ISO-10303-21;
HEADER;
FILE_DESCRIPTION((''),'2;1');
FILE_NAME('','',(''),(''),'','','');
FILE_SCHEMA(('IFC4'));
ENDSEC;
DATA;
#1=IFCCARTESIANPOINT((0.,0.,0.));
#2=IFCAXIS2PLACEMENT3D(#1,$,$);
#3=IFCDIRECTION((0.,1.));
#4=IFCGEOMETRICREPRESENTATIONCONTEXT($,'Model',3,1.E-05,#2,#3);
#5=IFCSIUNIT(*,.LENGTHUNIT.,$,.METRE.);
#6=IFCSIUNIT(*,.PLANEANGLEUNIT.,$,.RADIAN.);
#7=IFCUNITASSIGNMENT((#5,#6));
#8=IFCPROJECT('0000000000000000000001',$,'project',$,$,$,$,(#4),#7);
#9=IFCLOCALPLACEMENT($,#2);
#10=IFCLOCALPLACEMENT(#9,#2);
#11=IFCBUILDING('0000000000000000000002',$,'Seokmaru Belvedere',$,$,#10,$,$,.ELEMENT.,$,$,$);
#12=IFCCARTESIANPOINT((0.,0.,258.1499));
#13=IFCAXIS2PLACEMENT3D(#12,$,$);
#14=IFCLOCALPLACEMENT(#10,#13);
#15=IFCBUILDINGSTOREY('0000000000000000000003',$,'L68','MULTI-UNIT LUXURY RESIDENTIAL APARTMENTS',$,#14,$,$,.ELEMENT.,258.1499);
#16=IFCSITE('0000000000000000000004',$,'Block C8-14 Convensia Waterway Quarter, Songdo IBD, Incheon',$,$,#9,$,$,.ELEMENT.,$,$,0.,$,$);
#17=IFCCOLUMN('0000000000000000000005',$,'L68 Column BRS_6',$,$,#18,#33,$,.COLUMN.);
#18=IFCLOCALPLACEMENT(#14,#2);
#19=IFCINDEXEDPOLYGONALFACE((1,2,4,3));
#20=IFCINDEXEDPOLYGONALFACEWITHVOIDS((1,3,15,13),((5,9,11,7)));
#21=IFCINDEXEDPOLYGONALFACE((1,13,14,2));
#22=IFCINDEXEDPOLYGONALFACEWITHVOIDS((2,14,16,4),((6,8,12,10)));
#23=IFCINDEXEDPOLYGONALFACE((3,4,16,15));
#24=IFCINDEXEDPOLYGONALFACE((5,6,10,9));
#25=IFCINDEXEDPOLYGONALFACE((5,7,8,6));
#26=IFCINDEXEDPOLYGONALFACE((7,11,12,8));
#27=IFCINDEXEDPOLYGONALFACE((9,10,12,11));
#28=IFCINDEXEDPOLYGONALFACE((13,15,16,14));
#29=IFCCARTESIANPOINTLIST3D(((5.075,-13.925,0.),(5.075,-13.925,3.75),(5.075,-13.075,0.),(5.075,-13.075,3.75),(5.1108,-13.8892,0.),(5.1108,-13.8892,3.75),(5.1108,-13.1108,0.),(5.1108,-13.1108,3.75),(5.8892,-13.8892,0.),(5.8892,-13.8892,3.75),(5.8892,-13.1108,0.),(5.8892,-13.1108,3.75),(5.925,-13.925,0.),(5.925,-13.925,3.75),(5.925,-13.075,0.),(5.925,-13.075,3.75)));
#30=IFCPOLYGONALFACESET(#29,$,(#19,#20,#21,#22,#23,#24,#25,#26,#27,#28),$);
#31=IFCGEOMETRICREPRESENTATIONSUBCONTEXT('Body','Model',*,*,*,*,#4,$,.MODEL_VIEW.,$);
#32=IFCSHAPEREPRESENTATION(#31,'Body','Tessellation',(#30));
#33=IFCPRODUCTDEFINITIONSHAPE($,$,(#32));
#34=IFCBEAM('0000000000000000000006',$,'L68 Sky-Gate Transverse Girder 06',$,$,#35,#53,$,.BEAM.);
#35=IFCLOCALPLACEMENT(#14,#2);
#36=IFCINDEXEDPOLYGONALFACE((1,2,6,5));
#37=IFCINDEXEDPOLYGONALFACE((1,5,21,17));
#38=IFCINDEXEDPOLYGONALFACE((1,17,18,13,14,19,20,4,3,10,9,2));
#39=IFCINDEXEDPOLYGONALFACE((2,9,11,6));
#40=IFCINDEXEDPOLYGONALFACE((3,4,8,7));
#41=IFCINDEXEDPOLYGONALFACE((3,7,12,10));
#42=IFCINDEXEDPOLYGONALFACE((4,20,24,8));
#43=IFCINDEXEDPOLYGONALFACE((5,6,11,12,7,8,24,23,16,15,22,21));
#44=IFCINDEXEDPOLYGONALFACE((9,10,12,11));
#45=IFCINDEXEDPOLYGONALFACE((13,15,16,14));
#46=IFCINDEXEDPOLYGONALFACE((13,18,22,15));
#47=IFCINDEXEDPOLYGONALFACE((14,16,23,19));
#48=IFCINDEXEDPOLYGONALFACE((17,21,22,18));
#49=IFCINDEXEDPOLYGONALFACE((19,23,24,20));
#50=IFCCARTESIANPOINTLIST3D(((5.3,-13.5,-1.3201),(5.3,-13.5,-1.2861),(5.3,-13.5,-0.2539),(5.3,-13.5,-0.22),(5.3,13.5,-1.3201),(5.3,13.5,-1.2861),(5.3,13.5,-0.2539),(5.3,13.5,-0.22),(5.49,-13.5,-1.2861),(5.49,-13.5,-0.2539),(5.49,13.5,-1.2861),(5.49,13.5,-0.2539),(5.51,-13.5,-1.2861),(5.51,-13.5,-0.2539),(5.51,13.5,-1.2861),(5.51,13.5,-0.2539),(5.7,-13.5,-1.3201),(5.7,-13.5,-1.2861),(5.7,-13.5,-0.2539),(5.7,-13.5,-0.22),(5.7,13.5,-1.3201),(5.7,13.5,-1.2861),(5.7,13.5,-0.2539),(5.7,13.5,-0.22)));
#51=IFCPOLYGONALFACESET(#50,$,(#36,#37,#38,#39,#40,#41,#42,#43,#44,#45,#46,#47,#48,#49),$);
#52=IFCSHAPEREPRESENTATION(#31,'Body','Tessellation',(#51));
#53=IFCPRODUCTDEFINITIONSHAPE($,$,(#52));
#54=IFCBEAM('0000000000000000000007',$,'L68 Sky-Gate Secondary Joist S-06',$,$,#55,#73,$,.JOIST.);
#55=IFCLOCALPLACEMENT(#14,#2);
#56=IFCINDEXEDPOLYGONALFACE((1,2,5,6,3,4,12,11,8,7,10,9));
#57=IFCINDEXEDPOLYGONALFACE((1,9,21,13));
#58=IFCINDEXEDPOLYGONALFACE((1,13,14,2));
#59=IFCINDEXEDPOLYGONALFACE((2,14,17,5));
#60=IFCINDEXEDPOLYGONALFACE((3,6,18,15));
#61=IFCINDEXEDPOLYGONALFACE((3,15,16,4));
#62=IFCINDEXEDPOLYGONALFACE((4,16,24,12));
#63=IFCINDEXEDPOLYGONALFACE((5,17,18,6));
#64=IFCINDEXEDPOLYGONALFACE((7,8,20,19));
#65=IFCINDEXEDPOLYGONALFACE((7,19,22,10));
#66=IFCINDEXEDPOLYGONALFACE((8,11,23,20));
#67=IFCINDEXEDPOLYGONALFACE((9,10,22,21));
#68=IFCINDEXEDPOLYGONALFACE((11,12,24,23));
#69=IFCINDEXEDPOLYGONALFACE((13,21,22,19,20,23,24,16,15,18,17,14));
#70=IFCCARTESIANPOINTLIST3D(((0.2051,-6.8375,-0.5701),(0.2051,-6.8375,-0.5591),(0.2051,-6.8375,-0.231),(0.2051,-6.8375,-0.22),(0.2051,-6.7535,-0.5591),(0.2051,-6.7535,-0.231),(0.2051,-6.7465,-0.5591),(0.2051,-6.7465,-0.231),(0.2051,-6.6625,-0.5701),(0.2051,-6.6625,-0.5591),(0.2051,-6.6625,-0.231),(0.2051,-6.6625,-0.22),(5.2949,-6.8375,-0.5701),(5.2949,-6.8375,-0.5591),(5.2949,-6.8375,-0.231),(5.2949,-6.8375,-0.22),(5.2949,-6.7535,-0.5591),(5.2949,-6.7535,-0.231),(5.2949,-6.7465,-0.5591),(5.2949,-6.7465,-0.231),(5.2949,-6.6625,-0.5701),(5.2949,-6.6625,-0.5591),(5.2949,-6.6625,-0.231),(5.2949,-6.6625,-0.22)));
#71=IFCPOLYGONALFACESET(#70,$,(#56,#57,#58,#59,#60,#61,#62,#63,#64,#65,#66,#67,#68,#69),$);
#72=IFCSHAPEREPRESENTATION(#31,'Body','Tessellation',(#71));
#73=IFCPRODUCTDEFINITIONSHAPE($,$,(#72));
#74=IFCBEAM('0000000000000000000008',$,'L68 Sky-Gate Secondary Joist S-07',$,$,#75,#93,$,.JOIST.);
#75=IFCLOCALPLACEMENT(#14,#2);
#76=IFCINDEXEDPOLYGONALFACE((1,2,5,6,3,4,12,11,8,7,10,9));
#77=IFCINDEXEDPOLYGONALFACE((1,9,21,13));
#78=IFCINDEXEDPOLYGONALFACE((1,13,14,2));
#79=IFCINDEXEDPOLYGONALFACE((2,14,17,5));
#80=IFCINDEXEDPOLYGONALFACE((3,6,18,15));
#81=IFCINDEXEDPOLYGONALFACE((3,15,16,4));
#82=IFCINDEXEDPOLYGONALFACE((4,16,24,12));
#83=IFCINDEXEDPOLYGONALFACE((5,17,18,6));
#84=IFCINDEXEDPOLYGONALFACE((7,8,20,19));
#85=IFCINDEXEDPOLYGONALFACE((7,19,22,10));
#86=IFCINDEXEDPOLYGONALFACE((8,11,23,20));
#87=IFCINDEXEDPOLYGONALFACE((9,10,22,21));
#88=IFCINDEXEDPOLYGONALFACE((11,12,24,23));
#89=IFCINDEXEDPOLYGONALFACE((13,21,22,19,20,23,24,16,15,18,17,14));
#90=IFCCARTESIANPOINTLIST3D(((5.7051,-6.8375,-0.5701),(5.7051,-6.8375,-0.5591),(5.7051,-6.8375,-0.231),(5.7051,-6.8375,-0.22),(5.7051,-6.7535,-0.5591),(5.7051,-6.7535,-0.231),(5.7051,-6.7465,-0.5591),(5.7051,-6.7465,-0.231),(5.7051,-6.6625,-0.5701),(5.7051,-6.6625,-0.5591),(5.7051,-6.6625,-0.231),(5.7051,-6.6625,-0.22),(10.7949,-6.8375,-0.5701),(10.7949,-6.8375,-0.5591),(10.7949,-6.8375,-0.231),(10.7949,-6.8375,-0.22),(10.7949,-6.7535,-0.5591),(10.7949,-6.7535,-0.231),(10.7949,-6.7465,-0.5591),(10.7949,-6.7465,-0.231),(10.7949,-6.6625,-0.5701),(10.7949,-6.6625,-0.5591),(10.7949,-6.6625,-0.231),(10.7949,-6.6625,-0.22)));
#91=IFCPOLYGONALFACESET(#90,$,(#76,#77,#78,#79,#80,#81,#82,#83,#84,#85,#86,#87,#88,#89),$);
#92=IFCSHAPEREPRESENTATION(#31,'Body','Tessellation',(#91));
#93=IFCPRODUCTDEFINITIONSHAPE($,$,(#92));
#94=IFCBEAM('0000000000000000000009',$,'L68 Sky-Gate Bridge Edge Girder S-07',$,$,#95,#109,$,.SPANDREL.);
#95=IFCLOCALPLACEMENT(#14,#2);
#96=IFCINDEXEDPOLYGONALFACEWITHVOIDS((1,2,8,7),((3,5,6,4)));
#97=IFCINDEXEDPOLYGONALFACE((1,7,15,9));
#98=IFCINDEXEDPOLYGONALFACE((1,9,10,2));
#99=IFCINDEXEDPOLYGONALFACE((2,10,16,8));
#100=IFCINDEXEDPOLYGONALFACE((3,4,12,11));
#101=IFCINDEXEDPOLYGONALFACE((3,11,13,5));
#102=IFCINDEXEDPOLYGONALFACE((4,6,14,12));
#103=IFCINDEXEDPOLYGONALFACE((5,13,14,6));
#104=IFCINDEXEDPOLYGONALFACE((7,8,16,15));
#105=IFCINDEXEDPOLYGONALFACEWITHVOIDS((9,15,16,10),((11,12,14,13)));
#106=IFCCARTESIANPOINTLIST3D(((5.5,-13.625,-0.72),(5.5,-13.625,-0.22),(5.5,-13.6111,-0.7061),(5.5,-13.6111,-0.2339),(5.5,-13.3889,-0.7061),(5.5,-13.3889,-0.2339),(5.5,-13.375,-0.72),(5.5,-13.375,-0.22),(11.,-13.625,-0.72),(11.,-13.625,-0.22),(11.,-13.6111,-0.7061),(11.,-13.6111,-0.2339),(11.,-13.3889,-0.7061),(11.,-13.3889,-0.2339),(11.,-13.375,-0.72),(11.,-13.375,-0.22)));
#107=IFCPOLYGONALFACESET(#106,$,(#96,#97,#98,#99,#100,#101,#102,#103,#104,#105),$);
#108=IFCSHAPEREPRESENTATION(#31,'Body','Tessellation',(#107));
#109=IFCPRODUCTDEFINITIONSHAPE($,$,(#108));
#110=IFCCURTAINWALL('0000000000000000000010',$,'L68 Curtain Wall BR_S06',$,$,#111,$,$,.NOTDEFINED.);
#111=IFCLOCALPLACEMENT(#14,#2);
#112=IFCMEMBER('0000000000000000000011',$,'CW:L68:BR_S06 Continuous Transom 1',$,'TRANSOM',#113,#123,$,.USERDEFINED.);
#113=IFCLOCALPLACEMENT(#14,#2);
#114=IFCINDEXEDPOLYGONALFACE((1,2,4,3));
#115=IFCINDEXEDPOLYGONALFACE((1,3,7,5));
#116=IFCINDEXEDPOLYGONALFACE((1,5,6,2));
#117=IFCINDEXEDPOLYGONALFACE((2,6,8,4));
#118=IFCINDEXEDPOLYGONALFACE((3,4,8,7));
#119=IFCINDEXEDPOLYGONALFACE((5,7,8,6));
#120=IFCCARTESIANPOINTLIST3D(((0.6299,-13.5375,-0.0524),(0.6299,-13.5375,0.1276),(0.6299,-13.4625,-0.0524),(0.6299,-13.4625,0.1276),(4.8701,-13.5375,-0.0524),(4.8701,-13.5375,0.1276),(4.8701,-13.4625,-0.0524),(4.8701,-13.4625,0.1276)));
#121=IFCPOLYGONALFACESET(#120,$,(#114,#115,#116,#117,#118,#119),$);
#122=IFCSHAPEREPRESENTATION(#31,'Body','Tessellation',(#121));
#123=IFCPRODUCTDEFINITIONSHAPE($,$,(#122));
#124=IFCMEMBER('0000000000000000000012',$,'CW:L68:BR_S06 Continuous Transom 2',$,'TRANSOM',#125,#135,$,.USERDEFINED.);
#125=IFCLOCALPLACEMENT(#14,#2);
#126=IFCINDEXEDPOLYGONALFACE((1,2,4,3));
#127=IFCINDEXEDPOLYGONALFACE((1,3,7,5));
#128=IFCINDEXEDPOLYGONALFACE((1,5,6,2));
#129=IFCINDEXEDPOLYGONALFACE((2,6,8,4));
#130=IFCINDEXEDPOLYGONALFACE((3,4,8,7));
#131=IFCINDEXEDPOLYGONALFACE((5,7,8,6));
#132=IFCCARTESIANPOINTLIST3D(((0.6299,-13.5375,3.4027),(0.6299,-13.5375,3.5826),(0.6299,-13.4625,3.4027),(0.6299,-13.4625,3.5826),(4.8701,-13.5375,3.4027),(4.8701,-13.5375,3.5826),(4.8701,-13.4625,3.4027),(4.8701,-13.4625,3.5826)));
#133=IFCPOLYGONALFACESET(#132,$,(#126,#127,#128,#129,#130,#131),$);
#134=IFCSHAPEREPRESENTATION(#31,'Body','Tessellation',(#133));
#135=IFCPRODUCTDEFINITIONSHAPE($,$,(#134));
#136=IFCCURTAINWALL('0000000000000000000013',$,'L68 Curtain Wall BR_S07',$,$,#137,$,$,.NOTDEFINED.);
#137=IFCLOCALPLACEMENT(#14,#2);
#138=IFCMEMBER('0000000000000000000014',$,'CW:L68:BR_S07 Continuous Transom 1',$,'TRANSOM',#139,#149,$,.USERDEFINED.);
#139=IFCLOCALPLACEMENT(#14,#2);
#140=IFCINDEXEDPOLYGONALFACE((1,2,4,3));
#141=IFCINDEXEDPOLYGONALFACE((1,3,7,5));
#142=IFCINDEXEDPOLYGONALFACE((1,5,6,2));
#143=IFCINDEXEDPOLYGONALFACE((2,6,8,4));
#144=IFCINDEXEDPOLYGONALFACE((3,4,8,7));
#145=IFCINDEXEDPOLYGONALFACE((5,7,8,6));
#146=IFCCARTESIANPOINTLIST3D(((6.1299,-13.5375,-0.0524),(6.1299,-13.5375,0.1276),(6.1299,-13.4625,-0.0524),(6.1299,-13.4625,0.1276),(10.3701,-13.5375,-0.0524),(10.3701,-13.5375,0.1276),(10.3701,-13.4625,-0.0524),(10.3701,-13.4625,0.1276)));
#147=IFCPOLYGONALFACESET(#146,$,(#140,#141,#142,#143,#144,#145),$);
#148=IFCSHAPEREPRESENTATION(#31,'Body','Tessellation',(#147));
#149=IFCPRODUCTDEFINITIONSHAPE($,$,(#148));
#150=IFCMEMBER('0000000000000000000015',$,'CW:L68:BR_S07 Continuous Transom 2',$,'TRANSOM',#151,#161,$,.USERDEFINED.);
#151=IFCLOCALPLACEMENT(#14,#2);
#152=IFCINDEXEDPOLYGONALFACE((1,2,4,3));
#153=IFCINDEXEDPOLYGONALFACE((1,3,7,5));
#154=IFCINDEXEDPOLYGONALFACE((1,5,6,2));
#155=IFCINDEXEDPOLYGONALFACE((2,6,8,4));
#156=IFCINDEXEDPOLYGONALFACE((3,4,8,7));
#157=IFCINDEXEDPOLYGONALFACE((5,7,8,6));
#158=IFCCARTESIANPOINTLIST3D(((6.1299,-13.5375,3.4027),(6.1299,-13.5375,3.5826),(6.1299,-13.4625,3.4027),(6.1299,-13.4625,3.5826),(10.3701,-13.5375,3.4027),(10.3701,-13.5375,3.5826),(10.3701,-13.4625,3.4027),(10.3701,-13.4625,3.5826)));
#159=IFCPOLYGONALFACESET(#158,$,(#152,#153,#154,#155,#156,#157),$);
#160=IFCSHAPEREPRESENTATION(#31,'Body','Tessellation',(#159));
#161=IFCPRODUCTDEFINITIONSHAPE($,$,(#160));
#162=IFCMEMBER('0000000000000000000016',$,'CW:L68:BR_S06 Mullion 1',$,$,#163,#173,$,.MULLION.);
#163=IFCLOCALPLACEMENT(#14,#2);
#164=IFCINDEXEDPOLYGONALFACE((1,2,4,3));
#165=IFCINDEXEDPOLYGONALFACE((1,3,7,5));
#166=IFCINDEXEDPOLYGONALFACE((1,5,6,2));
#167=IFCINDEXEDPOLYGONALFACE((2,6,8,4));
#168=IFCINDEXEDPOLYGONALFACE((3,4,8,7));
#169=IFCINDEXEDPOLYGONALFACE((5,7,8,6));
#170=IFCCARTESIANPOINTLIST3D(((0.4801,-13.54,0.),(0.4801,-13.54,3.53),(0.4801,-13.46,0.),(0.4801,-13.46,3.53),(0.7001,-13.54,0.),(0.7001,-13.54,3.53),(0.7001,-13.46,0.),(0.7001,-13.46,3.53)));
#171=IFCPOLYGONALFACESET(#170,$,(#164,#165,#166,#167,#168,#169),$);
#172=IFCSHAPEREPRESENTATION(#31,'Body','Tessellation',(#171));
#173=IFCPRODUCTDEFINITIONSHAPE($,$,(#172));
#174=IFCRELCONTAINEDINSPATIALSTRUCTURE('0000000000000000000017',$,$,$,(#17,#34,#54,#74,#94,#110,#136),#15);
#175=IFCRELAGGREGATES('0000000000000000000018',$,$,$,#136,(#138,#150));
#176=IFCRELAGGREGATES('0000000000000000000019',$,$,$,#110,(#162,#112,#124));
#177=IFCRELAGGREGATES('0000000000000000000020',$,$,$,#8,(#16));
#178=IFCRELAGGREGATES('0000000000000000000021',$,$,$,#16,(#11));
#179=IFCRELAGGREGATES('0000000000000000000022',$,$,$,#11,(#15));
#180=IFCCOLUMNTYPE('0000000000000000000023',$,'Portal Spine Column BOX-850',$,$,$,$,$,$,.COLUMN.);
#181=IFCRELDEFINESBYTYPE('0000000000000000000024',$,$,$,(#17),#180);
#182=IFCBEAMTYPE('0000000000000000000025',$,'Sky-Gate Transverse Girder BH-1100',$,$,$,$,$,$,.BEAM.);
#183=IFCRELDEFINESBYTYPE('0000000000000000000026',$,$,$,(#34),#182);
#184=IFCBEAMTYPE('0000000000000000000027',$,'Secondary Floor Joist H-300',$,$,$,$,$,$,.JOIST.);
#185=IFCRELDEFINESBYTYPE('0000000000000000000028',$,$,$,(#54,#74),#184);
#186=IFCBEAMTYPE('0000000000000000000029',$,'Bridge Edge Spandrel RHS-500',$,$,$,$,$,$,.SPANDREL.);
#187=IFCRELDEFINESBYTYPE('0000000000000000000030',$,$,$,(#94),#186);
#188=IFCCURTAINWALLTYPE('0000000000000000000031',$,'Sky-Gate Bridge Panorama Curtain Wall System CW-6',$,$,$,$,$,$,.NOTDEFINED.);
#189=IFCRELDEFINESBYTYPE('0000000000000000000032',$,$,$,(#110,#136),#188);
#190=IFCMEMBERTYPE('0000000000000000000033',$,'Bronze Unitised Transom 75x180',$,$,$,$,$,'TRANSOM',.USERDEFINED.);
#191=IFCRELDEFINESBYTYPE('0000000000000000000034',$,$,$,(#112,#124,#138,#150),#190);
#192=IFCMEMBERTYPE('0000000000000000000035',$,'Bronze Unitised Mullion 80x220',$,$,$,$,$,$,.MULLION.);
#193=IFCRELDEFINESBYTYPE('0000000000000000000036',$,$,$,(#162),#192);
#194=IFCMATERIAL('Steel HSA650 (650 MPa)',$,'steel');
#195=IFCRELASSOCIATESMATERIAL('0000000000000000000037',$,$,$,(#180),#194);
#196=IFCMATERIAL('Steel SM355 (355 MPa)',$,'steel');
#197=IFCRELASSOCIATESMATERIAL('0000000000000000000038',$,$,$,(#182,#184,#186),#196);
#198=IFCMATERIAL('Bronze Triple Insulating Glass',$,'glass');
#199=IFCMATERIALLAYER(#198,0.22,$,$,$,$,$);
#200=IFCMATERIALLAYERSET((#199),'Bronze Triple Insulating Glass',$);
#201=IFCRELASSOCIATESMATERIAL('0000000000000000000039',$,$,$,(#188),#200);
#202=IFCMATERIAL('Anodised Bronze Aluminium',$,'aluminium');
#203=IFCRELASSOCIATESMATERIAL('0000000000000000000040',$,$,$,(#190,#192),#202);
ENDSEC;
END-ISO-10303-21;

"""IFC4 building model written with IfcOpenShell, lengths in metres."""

from ifc_helpers import new_model, si_unit, direction, frame, origin, origin_2d, place, context, subcontext, project, spatial, rectangle, hollow_rectangle, i_section, extrude, source, transform, mapped, material, layer, layer_set, material_profile, profile_set, type_object, type_shapes, element, aggregate, save


model = new_model("IFC4")

# Units and contexts
model_context = context("Model", 3, precision=1e-05, world=origin(), true_north=direction((0.0, 1.0)))
body_context = subcontext(model_context, "Body", "Model", "MODEL_VIEW")
ifc_project = project(units=[si_unit("LENGTHUNIT", "METRE"), si_unit("PLANEANGLEUNIT", "RADIAN")], contexts=[model_context])

# Site, building, storey
site_placement = place(None, origin())
site = spatial("IfcSite", under=ifc_project, at=site_placement, Name="Block C8-14 Convensia Waterway Quarter, Songdo IBD, Incheon", CompositionType="ELEMENT", RefElevation=0.0)
building_placement = place(site_placement, origin())
building = spatial("IfcBuilding", under=site, at=building_placement, Name="Seokmaru Belvedere", CompositionType="ELEMENT")
storey_placement = place(building_placement, frame((0.0, 0.0, 258.1499)))
storey = spatial("IfcBuildingStorey", under=building, at=storey_placement, Name="L68", Description="MULTI-UNIT LUXURY RESIDENTIAL APARTMENTS", CompositionType="ELEMENT", Elevation=258.1499)

# Column
ifc_material_1 = material(Name="Steel HSA650 (650 MPa)", Category="steel")
ifc_material_profile_1 = material_profile(ifc_material_1, hollow_rectangle(XDim=0.8501, YDim=0.8501, WallThickness=0.0359, at=origin_2d()), Name="BOX-850x850x36")
ifc_profile_set_1 = profile_set([ifc_material_profile_1], Name="Steel HSA650 (650 MPa)")
column_type = type_object("IfcColumnType", Name="Portal Spine Column BOX-850", PredefinedType="COLUMN", material=ifc_profile_set_1)
shared_shape_1 = source(origin(), body_context, "Body", "SweptSolid", [
    extrude(hollow_rectangle(XDim=0.8501, YDim=0.8501, WallThickness=0.0359, at=origin_2d()), origin(), (0.0, 0.0, 1.0), 3.75),
])
type_shapes(column_type, [shared_shape_1])
column_placement = place(storey_placement, frame((5.5, -13.5, 0.0), z_axis=(0.0, 0.0, 1.0), x_axis=(1.0, 0.0, 0.0)))
element("IfcColumn", 1, at=column_placement, inside=storey, type_object=column_type, Name="L68 Column BRS_6", PredefinedType="COLUMN", context=body_context, shape_type="MappedRepresentation", body=[
    mapped(shared_shape_1, transform((0.0, 0.0, 0.0), scale=1.0)),
])

# Beams
ifc_material_2 = material(Name="Steel SM355 (355 MPa)", Category="steel")
ifc_material_profile_2 = material_profile(ifc_material_2, i_section(OverallWidth=0.3999, OverallDepth=1.1001, WebThickness=0.02, FlangeThickness=0.0339, at=origin_2d()), Name="BH-1100x400x20x34")
ifc_profile_set_2 = profile_set([ifc_material_profile_2], Name="Steel SM355 (355 MPa)")
beam_type_1 = type_object("IfcBeamType", Name="Sky-Gate Transverse Girder BH-1100", PredefinedType="BEAM", material=ifc_profile_set_2)
shared_shape_2 = source(origin(), body_context, "Body", "SweptSolid", [
    extrude(i_section(OverallWidth=0.3999, OverallDepth=1.1001, WebThickness=0.02, FlangeThickness=0.0339, at=origin_2d()), origin(), (0.0, 0.0, 1.0), 27.0),
])
type_shapes(beam_type_1, [shared_shape_2])
beam_1_placement = place(storey_placement, frame((5.5, -13.5, -0.77), z_axis=(0.0, 1.0, 0.0), x_axis=(-1.0, 0.0, 0.0)))
element("IfcBeam", 2, at=beam_1_placement, inside=storey, type_object=beam_type_1, Name="L68 Sky-Gate Transverse Girder 06", PredefinedType="BEAM", context=body_context, shape_type="MappedRepresentation", body=[
    mapped(shared_shape_2, transform((0.0, 0.0, 0.0), scale=1.0)),
])
ifc_material_profile_3 = material_profile(ifc_material_2, i_section(OverallWidth=0.175, OverallDepth=0.3501, WebThickness=0.0071, FlangeThickness=0.011, at=origin_2d()), Name="H-350x175x7x11")
ifc_profile_set_3 = profile_set([ifc_material_profile_3], Name="Steel SM355 (355 MPa)")
beam_type_2 = type_object("IfcBeamType", Name="Secondary Floor Joist H-300", PredefinedType="JOIST", material=ifc_profile_set_3)
shared_shape_3 = source(origin(), body_context, "Body", "SweptSolid", [
    extrude(i_section(OverallWidth=0.175, OverallDepth=0.3501, WebThickness=0.0071, FlangeThickness=0.011, at=origin_2d()), origin(), (0.0, 0.0, 1.0), 5.0898),
])
type_shapes(beam_type_2, [shared_shape_3])
for number, where, z_axis, x_axis, name in (
    (3, (0.2051, -6.75, -0.395), (1.0, 0.0, 0.0), (0.0, 1.0, 0.0), "L68 Sky-Gate Secondary Joist S-06"),
    (4, (5.7051, -6.75, -0.395), (1.0, 0.0, 0.0), (0.0, 1.0, 0.0), "L68 Sky-Gate Secondary Joist S-07"),
):
    element("IfcBeam", number, at=place(storey_placement, frame(where, z_axis=z_axis, x_axis=x_axis)), inside=storey, type_object=beam_type_2, Name=name, PredefinedType="JOIST", context=body_context, shape_type="MappedRepresentation", body=[
        mapped(shared_shape_3, transform((0.0, 0.0, 0.0), scale=1.0)),
    ])
ifc_material_profile_4 = material_profile(ifc_material_2, hollow_rectangle(XDim=0.25, YDim=0.5, WallThickness=0.0139, at=origin_2d()), Name="RHS-500x250x14")
ifc_profile_set_4 = profile_set([ifc_material_profile_4], Name="Steel SM355 (355 MPa)")
beam_type_3 = type_object("IfcBeamType", Name="Bridge Edge Spandrel RHS-500", PredefinedType="SPANDREL", material=ifc_profile_set_4)
shared_shape_4 = source(origin(), body_context, "Body", "SweptSolid", [
    extrude(hollow_rectangle(XDim=0.25, YDim=0.5, WallThickness=0.0139, at=origin_2d()), origin(), (0.0, 0.0, 1.0), 5.5),
])
type_shapes(beam_type_3, [shared_shape_4])
beam_2_placement = place(storey_placement, frame((5.5, -13.5, -0.47), z_axis=(1.0, 0.0, 0.0), x_axis=(0.0, 1.0, 0.0)))
element("IfcBeam", 5, at=beam_2_placement, inside=storey, type_object=beam_type_3, Name="L68 Sky-Gate Bridge Edge Girder S-07", PredefinedType="SPANDREL", context=body_context, shape_type="MappedRepresentation", body=[
    mapped(shared_shape_4, transform((0.0, 0.0, 0.0), scale=1.0)),
])

# Curtain walls, members
ifc_material_3 = material(Name="Bronze Triple Insulating Glass", Category="glass")
ifc_layer_1 = layer(ifc_material_3, 0.22)
ifc_layer_set_1 = layer_set([ifc_layer_1], Name="Bronze Triple Insulating Glass")
curtain_wall_type = type_object("IfcCurtainWallType", Name="Sky-Gate Bridge Panorama Curtain Wall System CW-6", PredefinedType="NOTDEFINED", material=ifc_layer_set_1)
curtain_wall_1_placement = place(storey_placement, origin())
curtain_wall_1 = element("IfcCurtainWall", 6, at=curtain_wall_1_placement, inside=storey, type_object=curtain_wall_type, Name="L68 Curtain Wall BR_S06", PredefinedType="NOTDEFINED")
ifc_material_4 = material(Name="Anodised Bronze Aluminium", Category="aluminium")
ifc_material_profile_5 = material_profile(ifc_material_4, rectangle(XDim=0.075, YDim=0.1799, at=origin_2d()), Name="CW-T-75x180")
ifc_profile_set_5 = profile_set([ifc_material_profile_5], Name="Anodised Bronze Aluminium")
member_type_1 = type_object("IfcMemberType", Name="Bronze Unitised Transom 75x180", ElementType="TRANSOM", PredefinedType="USERDEFINED", material=ifc_profile_set_5)
shared_shape_5 = source(origin(), body_context, "Body", "SweptSolid", [
    extrude(rectangle(XDim=0.075, YDim=0.1799, at=origin_2d()), origin(), (0.0, 0.0, 1.0), 4.2402),
])
type_shapes(member_type_1, [shared_shape_5])
member_1_placement = place(storey_placement, frame((0.6299, -13.5, 0.0376), z_axis=(1.0, 0.0, 0.0), x_axis=(0.0, 1.0, 0.0)))
member_1 = element("IfcMember", 7, at=member_1_placement, type_object=member_type_1, Name="CW:L68:BR_S06 Continuous Transom 1", ObjectType="TRANSOM", PredefinedType="USERDEFINED", context=body_context, shape_type="MappedRepresentation", body=[
    mapped(shared_shape_5, transform((0.0, 0.0, 0.0), scale=1.0)),
])
member_2_placement = place(storey_placement, frame((0.6299, -13.5, 3.4927), z_axis=(1.0, 0.0, 0.0), x_axis=(0.0, 1.0, 0.0)))
member_2 = element("IfcMember", 8, at=member_2_placement, type_object=member_type_1, Name="CW:L68:BR_S06 Continuous Transom 2", ObjectType="TRANSOM", PredefinedType="USERDEFINED", context=body_context, shape_type="MappedRepresentation", body=[
    mapped(shared_shape_5, transform((0.0, 0.0, 0.0), scale=1.0)),
])
curtain_wall_2_placement = place(storey_placement, origin())
curtain_wall_2 = element("IfcCurtainWall", 9, at=curtain_wall_2_placement, inside=storey, type_object=curtain_wall_type, Name="L68 Curtain Wall BR_S07", PredefinedType="NOTDEFINED")
member_3_placement = place(storey_placement, frame((6.1299, -13.5, 0.0376), z_axis=(1.0, 0.0, 0.0), x_axis=(0.0, 1.0, 0.0)))
member_3 = element("IfcMember", 10, at=member_3_placement, type_object=member_type_1, Name="CW:L68:BR_S07 Continuous Transom 1", ObjectType="TRANSOM", PredefinedType="USERDEFINED", context=body_context, shape_type="MappedRepresentation", body=[
    mapped(shared_shape_5, transform((0.0, 0.0, 0.0), scale=1.0)),
])
member_4_placement = place(storey_placement, frame((6.1299, -13.5, 3.4927), z_axis=(1.0, 0.0, 0.0), x_axis=(0.0, 1.0, 0.0)))
member_4 = element("IfcMember", 11, at=member_4_placement, type_object=member_type_1, Name="CW:L68:BR_S07 Continuous Transom 2", ObjectType="TRANSOM", PredefinedType="USERDEFINED", context=body_context, shape_type="MappedRepresentation", body=[
    mapped(shared_shape_5, transform((0.0, 0.0, 0.0), scale=1.0)),
])

# Member
ifc_material_profile_6 = material_profile(ifc_material_4, rectangle(XDim=0.0801, YDim=0.22, at=origin_2d()), Name="CW-M-80x220")
ifc_profile_set_6 = profile_set([ifc_material_profile_6], Name="Anodised Bronze Aluminium")
member_type_2 = type_object("IfcMemberType", Name="Bronze Unitised Mullion 80x220", PredefinedType="MULLION", material=ifc_profile_set_6)
shared_shape_6 = source(origin(), body_context, "Body", "SweptSolid", [
    extrude(rectangle(XDim=0.0801, YDim=0.22, at=origin_2d()), origin(), (0.0, 0.0, 1.0), 3.53),
])
type_shapes(member_type_2, [shared_shape_6])
member_5_placement = place(storey_placement, frame((0.5901, -13.5, 0.0), z_axis=(0.0, 0.0, 1.0), x_axis=(0.0, 1.0, 0.0)))
member_5 = element("IfcMember", 12, at=member_5_placement, type_object=member_type_2, Name="CW:L68:BR_S06 Mullion 1", PredefinedType="MULLION", context=body_context, shape_type="MappedRepresentation", body=[
    mapped(shared_shape_6, transform((0.0, 0.0, 0.0), scale=1.0)),
])
aggregate(curtain_wall_2, [member_3, member_4])

aggregate(curtain_wall_1, [member_5, member_1, member_2])

save(model, "model.ifc")
